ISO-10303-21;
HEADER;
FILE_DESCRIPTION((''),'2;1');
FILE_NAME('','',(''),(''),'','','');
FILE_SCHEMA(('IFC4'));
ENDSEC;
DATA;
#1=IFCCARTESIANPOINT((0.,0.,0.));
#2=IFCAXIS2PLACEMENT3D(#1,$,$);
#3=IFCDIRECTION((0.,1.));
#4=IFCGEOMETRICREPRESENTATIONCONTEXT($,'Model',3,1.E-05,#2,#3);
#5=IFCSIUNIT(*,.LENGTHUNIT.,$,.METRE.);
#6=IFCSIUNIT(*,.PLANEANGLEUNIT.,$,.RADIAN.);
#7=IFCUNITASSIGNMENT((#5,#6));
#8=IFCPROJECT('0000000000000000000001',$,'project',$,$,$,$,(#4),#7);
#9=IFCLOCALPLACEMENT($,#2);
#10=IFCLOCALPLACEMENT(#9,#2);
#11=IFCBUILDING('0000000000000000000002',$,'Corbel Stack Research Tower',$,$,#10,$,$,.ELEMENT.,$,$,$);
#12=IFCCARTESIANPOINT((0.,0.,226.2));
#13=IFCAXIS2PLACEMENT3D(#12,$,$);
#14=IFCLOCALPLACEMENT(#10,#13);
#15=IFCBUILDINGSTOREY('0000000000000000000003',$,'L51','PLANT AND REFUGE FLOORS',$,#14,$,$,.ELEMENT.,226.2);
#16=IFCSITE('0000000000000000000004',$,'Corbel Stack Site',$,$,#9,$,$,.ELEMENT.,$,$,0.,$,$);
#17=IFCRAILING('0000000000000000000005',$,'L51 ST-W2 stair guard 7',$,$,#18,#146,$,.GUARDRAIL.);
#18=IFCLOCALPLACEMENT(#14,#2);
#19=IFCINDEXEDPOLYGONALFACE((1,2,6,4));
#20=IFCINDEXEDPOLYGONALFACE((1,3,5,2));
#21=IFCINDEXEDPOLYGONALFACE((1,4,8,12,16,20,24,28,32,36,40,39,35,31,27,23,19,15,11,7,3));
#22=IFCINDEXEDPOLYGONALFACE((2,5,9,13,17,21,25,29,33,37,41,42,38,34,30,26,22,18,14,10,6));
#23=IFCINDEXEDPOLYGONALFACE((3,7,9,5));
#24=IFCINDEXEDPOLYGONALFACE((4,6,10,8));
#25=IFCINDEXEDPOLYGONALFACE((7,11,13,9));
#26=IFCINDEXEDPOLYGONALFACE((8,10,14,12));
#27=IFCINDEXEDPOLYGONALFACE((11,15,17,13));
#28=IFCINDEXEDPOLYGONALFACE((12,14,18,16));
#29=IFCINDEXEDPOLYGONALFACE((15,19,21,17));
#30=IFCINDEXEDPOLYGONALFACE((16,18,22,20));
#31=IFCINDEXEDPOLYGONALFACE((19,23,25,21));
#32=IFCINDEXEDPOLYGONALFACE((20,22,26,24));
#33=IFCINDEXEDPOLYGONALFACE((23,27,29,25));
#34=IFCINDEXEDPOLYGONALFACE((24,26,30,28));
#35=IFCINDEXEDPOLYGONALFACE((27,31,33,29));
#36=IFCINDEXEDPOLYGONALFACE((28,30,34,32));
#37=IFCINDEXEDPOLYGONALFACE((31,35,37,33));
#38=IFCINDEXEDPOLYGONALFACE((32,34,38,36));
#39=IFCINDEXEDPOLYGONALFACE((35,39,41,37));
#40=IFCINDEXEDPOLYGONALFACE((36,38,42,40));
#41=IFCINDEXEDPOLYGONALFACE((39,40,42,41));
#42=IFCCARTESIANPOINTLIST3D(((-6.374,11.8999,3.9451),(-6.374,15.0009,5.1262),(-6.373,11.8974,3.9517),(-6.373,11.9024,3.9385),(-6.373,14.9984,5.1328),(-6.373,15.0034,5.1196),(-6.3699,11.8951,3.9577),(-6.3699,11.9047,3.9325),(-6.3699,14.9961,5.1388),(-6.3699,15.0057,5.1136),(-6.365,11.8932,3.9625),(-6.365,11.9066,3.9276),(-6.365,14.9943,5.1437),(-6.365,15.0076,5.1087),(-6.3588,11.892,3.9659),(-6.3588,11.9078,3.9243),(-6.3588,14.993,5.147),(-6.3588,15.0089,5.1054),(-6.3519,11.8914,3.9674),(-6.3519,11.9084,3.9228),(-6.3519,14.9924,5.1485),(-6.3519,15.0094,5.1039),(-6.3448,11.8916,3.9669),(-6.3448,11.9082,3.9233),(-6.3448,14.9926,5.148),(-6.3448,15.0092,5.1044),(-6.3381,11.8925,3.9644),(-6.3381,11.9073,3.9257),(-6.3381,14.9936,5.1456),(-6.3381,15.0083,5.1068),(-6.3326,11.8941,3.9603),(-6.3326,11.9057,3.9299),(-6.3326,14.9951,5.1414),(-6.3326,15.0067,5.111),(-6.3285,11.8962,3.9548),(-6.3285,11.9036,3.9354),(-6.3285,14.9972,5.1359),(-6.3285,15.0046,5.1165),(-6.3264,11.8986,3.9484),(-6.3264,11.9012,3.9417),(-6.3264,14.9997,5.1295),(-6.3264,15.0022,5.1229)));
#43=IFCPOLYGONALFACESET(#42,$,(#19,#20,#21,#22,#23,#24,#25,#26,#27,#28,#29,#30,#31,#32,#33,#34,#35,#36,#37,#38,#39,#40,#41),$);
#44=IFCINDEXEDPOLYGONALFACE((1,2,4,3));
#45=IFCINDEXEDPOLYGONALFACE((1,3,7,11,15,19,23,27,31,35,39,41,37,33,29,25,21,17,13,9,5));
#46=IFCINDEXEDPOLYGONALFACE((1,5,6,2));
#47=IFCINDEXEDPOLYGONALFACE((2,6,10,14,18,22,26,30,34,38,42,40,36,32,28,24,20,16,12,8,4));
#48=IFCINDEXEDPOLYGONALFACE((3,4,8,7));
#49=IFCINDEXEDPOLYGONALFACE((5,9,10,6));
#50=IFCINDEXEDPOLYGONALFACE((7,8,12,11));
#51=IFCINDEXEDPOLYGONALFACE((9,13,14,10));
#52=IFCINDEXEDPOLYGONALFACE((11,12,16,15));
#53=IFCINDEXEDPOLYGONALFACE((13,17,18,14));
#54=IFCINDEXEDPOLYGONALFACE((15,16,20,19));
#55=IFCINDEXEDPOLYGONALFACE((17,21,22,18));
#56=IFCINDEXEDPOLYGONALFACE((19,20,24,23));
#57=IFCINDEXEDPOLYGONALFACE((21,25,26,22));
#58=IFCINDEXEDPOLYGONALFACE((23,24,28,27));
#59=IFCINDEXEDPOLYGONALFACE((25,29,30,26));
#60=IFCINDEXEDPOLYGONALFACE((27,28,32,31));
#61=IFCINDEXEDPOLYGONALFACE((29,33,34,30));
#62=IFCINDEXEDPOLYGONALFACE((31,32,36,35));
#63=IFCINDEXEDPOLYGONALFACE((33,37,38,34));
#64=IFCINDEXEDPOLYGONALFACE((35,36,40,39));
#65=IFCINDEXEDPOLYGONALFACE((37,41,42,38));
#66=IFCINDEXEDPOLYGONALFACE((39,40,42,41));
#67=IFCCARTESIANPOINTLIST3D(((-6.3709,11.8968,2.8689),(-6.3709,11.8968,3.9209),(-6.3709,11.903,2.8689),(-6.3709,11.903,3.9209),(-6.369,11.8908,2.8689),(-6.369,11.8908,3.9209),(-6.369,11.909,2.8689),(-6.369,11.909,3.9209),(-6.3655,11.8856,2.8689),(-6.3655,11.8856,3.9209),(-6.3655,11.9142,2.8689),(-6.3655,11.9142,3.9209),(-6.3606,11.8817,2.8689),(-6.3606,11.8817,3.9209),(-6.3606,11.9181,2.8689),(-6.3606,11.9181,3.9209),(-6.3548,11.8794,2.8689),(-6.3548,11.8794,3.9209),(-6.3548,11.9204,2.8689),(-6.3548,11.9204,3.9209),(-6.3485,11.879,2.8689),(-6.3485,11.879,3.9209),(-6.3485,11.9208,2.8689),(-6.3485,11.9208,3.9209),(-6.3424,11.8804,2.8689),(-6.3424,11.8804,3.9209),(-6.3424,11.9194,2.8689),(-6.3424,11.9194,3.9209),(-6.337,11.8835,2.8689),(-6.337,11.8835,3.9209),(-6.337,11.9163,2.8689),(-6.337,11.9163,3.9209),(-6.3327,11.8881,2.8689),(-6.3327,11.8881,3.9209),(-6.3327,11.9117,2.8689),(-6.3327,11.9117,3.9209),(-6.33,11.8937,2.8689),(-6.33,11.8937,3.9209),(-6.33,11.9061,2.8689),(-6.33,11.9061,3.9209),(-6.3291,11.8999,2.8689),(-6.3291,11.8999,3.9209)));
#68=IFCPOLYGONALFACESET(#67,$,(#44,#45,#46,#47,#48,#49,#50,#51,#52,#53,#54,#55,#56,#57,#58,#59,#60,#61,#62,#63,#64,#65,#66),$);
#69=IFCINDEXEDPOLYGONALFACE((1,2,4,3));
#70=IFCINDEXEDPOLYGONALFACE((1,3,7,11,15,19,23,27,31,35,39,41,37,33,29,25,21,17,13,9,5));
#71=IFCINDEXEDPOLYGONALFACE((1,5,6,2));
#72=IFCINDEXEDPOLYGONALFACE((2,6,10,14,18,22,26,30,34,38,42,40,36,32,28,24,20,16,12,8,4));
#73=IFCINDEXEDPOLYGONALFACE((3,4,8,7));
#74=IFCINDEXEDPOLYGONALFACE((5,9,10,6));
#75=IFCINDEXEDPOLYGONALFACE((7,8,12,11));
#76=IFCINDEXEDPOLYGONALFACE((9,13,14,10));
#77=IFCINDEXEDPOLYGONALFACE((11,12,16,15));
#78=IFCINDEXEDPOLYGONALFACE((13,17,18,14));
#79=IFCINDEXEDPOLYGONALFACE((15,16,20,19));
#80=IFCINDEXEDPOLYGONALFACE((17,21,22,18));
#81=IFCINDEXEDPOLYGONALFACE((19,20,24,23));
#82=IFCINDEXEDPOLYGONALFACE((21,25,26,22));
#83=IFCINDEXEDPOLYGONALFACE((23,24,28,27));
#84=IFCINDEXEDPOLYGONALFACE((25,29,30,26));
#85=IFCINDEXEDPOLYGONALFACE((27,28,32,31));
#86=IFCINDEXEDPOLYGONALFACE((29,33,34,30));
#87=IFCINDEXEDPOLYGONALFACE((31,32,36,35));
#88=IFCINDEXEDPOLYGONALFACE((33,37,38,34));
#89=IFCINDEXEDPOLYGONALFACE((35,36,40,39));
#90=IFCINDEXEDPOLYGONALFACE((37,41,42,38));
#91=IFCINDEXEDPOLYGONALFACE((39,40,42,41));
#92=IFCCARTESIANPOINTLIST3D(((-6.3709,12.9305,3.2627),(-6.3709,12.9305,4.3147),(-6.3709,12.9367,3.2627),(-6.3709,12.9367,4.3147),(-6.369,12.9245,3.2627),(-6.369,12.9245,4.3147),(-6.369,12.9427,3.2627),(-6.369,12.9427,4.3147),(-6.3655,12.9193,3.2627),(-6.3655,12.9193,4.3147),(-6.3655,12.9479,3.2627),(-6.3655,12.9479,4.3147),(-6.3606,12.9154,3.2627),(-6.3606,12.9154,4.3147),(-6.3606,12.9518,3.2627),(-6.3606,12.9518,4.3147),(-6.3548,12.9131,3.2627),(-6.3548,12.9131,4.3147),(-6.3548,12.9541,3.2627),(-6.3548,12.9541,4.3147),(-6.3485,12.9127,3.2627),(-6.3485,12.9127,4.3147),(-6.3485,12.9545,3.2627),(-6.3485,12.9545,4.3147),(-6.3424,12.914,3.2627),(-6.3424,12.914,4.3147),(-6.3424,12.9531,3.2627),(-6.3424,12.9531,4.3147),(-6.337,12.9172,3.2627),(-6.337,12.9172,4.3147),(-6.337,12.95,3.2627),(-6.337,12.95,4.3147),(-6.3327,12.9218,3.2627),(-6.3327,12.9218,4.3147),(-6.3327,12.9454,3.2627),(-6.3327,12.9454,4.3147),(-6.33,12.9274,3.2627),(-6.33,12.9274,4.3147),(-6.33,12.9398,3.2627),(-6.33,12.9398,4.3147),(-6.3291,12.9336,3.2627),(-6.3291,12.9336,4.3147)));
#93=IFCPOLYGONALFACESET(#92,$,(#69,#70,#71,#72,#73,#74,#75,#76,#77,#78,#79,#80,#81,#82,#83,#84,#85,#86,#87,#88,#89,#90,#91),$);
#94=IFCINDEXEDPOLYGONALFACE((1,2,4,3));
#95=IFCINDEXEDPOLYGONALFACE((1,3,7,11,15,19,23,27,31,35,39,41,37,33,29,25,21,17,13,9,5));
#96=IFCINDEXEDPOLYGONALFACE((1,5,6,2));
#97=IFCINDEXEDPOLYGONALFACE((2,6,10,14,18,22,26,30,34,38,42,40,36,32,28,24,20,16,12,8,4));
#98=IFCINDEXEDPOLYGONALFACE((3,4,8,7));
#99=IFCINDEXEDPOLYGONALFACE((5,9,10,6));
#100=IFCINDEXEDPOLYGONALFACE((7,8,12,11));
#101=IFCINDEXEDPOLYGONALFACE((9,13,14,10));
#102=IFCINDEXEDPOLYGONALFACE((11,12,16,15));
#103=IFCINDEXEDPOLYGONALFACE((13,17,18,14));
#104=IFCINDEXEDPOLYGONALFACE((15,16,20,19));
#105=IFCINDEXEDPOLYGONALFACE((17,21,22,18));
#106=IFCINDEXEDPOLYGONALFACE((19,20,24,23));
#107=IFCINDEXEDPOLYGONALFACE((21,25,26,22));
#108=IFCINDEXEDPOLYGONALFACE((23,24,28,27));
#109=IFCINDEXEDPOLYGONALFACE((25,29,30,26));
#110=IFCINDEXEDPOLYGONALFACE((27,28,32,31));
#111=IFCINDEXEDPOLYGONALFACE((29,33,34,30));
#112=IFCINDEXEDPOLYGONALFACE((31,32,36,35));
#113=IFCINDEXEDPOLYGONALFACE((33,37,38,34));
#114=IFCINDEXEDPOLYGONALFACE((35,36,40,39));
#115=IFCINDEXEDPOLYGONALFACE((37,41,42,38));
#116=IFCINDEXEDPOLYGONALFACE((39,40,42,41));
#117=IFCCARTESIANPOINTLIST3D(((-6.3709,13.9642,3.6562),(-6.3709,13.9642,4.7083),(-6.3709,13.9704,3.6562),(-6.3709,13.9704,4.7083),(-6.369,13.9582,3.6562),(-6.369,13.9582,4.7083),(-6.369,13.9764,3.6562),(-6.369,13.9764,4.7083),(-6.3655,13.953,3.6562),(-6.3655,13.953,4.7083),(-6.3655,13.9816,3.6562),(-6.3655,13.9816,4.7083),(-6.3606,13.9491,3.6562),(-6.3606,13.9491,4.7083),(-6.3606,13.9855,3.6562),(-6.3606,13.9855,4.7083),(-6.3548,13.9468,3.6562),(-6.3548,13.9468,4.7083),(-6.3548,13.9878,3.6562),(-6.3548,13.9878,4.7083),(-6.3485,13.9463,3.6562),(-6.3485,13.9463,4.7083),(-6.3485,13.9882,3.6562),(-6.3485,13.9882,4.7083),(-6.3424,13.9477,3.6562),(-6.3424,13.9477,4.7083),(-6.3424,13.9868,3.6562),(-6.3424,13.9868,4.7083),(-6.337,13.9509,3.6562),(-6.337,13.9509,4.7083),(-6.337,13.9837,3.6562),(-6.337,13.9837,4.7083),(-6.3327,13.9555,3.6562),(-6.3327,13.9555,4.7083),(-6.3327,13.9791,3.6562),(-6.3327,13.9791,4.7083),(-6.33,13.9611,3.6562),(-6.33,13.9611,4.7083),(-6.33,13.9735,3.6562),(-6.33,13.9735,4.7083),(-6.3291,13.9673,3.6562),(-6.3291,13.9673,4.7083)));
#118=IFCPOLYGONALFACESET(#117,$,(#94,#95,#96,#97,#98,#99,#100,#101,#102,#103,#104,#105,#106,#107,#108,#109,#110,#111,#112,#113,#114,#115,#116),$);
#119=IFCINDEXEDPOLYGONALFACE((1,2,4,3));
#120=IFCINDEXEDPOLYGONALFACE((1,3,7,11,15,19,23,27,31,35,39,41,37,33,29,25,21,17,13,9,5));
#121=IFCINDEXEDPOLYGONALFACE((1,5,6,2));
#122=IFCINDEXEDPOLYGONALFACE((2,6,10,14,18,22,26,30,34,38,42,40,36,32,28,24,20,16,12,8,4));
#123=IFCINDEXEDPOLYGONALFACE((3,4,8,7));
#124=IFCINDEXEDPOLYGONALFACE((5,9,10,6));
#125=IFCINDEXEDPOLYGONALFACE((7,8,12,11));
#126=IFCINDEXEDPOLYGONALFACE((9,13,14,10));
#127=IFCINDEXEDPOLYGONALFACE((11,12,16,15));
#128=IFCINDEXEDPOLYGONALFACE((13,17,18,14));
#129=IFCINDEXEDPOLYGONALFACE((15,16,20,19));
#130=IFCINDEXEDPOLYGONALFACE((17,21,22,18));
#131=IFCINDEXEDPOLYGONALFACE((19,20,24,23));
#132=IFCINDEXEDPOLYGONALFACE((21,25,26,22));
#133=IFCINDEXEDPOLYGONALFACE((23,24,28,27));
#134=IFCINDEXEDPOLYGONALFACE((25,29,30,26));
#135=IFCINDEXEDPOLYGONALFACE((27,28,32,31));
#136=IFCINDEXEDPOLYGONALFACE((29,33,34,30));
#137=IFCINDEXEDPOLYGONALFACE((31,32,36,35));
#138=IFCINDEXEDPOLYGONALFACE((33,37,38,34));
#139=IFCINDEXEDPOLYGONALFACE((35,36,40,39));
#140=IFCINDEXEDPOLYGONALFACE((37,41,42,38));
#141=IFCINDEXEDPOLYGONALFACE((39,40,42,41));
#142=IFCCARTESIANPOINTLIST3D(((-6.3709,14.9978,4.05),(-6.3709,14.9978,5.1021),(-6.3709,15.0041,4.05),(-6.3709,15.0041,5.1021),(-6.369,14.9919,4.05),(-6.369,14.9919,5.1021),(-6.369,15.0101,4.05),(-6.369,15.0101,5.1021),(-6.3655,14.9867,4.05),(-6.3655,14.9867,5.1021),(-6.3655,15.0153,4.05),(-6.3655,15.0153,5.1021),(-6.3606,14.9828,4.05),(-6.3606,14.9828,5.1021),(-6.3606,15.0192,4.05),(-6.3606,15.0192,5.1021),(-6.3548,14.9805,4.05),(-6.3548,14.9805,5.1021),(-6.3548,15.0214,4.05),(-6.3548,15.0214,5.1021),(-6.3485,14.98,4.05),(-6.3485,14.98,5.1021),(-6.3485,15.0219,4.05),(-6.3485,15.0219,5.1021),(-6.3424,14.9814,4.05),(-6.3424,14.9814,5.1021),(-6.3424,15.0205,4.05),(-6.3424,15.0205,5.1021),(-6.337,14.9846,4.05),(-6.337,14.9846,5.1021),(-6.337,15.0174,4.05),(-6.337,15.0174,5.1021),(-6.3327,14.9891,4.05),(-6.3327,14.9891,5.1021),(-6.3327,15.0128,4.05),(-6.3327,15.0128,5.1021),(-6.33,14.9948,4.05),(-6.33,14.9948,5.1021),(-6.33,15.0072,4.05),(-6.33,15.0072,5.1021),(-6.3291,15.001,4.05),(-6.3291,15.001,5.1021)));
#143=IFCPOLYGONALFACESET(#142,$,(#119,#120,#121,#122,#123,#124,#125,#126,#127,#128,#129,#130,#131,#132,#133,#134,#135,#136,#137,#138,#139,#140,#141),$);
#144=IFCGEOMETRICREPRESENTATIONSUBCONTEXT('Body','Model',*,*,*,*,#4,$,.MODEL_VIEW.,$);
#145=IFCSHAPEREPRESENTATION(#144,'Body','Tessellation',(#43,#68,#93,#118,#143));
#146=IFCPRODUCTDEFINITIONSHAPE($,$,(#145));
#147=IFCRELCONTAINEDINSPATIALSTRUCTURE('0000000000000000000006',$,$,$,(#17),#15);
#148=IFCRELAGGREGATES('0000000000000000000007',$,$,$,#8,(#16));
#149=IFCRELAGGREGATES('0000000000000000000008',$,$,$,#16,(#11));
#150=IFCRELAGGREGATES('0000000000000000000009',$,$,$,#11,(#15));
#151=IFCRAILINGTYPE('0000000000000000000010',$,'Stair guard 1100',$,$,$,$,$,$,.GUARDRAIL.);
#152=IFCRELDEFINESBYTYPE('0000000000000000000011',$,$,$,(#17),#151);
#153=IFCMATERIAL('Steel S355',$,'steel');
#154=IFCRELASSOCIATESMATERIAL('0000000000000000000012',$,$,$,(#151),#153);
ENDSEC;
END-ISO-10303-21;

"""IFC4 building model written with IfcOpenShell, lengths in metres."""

from ifc_helpers import new_model, si_unit, direction, frame, origin, origin_2d, place, context, subcontext, project, spatial, circle, extrude, material, type_object, element, save


model = new_model("IFC4")

# Units and contexts
model_context = context("Model", 3, precision=1e-05, world=origin(), true_north=direction((0.0, 1.0)))
body_context = subcontext(model_context, "Body", "Model", "MODEL_VIEW")
ifc_project = project(units=[si_unit("LENGTHUNIT", "METRE"), si_unit("PLANEANGLEUNIT", "RADIAN")], contexts=[model_context])

# Site, building, storey
site_placement = place(None, origin())
site = spatial("IfcSite", under=ifc_project, at=site_placement, Name="Corbel Stack Site", CompositionType="ELEMENT", RefElevation=0.0)
building_placement = place(site_placement, origin())
building = spatial("IfcBuilding", under=site, at=building_placement, Name="Corbel Stack Research Tower", CompositionType="ELEMENT")
storey_placement = place(building_placement, frame((0.0, 0.0, 226.2)))
storey = spatial("IfcBuildingStorey", under=building, at=storey_placement, Name="L51", Description="PLANT AND REFUGE FLOORS", CompositionType="ELEMENT", Elevation=226.2)

# Railing
ifc_material_1 = material(Name="Steel S355", Category="steel")
railing_type_1 = type_object("IfcRailingType", Name="Stair guard 1100", PredefinedType="GUARDRAIL", material=ifc_material_1)
railing_1_placement = place(storey_placement, frame((-6.3501, 11.8999, 2.8689)))
element("IfcRailing", 1, at=railing_1_placement, inside=storey, type_object=railing_type_1, Name="L51 ST-W2 stair guard 7", PredefinedType="GUARDRAIL", context=body_context, shape_type="SweptSolid", body=[
    extrude(circle(Radius=0.0239, at=origin_2d()), frame((0.0, 0.0, 1.0762), z_axis=(0.0, 0.934509, 0.35594), x_axis=(-1.0, 0.0, 0.0)), (0.0, 0.0, 1.0), 3.3184),
    extrude(circle(Radius=0.021, at=origin_2d()), origin(), (0.0, 0.0, 1.0), 1.052),
    extrude(circle(Radius=0.021, at=origin_2d()), frame((0.0, 1.0337, 0.3938)), (0.0, 0.0, 1.0), 1.052),
    extrude(circle(Radius=0.021, at=origin_2d()), frame((0.0, 2.0674, 0.7874)), (0.0, 0.0, 1.0), 1.052),
    extrude(circle(Radius=0.021, at=origin_2d()), frame((0.0, 3.1011, 1.1812)), (0.0, 0.0, 1.0), 1.052),
])

save(model, "model.ifc")
